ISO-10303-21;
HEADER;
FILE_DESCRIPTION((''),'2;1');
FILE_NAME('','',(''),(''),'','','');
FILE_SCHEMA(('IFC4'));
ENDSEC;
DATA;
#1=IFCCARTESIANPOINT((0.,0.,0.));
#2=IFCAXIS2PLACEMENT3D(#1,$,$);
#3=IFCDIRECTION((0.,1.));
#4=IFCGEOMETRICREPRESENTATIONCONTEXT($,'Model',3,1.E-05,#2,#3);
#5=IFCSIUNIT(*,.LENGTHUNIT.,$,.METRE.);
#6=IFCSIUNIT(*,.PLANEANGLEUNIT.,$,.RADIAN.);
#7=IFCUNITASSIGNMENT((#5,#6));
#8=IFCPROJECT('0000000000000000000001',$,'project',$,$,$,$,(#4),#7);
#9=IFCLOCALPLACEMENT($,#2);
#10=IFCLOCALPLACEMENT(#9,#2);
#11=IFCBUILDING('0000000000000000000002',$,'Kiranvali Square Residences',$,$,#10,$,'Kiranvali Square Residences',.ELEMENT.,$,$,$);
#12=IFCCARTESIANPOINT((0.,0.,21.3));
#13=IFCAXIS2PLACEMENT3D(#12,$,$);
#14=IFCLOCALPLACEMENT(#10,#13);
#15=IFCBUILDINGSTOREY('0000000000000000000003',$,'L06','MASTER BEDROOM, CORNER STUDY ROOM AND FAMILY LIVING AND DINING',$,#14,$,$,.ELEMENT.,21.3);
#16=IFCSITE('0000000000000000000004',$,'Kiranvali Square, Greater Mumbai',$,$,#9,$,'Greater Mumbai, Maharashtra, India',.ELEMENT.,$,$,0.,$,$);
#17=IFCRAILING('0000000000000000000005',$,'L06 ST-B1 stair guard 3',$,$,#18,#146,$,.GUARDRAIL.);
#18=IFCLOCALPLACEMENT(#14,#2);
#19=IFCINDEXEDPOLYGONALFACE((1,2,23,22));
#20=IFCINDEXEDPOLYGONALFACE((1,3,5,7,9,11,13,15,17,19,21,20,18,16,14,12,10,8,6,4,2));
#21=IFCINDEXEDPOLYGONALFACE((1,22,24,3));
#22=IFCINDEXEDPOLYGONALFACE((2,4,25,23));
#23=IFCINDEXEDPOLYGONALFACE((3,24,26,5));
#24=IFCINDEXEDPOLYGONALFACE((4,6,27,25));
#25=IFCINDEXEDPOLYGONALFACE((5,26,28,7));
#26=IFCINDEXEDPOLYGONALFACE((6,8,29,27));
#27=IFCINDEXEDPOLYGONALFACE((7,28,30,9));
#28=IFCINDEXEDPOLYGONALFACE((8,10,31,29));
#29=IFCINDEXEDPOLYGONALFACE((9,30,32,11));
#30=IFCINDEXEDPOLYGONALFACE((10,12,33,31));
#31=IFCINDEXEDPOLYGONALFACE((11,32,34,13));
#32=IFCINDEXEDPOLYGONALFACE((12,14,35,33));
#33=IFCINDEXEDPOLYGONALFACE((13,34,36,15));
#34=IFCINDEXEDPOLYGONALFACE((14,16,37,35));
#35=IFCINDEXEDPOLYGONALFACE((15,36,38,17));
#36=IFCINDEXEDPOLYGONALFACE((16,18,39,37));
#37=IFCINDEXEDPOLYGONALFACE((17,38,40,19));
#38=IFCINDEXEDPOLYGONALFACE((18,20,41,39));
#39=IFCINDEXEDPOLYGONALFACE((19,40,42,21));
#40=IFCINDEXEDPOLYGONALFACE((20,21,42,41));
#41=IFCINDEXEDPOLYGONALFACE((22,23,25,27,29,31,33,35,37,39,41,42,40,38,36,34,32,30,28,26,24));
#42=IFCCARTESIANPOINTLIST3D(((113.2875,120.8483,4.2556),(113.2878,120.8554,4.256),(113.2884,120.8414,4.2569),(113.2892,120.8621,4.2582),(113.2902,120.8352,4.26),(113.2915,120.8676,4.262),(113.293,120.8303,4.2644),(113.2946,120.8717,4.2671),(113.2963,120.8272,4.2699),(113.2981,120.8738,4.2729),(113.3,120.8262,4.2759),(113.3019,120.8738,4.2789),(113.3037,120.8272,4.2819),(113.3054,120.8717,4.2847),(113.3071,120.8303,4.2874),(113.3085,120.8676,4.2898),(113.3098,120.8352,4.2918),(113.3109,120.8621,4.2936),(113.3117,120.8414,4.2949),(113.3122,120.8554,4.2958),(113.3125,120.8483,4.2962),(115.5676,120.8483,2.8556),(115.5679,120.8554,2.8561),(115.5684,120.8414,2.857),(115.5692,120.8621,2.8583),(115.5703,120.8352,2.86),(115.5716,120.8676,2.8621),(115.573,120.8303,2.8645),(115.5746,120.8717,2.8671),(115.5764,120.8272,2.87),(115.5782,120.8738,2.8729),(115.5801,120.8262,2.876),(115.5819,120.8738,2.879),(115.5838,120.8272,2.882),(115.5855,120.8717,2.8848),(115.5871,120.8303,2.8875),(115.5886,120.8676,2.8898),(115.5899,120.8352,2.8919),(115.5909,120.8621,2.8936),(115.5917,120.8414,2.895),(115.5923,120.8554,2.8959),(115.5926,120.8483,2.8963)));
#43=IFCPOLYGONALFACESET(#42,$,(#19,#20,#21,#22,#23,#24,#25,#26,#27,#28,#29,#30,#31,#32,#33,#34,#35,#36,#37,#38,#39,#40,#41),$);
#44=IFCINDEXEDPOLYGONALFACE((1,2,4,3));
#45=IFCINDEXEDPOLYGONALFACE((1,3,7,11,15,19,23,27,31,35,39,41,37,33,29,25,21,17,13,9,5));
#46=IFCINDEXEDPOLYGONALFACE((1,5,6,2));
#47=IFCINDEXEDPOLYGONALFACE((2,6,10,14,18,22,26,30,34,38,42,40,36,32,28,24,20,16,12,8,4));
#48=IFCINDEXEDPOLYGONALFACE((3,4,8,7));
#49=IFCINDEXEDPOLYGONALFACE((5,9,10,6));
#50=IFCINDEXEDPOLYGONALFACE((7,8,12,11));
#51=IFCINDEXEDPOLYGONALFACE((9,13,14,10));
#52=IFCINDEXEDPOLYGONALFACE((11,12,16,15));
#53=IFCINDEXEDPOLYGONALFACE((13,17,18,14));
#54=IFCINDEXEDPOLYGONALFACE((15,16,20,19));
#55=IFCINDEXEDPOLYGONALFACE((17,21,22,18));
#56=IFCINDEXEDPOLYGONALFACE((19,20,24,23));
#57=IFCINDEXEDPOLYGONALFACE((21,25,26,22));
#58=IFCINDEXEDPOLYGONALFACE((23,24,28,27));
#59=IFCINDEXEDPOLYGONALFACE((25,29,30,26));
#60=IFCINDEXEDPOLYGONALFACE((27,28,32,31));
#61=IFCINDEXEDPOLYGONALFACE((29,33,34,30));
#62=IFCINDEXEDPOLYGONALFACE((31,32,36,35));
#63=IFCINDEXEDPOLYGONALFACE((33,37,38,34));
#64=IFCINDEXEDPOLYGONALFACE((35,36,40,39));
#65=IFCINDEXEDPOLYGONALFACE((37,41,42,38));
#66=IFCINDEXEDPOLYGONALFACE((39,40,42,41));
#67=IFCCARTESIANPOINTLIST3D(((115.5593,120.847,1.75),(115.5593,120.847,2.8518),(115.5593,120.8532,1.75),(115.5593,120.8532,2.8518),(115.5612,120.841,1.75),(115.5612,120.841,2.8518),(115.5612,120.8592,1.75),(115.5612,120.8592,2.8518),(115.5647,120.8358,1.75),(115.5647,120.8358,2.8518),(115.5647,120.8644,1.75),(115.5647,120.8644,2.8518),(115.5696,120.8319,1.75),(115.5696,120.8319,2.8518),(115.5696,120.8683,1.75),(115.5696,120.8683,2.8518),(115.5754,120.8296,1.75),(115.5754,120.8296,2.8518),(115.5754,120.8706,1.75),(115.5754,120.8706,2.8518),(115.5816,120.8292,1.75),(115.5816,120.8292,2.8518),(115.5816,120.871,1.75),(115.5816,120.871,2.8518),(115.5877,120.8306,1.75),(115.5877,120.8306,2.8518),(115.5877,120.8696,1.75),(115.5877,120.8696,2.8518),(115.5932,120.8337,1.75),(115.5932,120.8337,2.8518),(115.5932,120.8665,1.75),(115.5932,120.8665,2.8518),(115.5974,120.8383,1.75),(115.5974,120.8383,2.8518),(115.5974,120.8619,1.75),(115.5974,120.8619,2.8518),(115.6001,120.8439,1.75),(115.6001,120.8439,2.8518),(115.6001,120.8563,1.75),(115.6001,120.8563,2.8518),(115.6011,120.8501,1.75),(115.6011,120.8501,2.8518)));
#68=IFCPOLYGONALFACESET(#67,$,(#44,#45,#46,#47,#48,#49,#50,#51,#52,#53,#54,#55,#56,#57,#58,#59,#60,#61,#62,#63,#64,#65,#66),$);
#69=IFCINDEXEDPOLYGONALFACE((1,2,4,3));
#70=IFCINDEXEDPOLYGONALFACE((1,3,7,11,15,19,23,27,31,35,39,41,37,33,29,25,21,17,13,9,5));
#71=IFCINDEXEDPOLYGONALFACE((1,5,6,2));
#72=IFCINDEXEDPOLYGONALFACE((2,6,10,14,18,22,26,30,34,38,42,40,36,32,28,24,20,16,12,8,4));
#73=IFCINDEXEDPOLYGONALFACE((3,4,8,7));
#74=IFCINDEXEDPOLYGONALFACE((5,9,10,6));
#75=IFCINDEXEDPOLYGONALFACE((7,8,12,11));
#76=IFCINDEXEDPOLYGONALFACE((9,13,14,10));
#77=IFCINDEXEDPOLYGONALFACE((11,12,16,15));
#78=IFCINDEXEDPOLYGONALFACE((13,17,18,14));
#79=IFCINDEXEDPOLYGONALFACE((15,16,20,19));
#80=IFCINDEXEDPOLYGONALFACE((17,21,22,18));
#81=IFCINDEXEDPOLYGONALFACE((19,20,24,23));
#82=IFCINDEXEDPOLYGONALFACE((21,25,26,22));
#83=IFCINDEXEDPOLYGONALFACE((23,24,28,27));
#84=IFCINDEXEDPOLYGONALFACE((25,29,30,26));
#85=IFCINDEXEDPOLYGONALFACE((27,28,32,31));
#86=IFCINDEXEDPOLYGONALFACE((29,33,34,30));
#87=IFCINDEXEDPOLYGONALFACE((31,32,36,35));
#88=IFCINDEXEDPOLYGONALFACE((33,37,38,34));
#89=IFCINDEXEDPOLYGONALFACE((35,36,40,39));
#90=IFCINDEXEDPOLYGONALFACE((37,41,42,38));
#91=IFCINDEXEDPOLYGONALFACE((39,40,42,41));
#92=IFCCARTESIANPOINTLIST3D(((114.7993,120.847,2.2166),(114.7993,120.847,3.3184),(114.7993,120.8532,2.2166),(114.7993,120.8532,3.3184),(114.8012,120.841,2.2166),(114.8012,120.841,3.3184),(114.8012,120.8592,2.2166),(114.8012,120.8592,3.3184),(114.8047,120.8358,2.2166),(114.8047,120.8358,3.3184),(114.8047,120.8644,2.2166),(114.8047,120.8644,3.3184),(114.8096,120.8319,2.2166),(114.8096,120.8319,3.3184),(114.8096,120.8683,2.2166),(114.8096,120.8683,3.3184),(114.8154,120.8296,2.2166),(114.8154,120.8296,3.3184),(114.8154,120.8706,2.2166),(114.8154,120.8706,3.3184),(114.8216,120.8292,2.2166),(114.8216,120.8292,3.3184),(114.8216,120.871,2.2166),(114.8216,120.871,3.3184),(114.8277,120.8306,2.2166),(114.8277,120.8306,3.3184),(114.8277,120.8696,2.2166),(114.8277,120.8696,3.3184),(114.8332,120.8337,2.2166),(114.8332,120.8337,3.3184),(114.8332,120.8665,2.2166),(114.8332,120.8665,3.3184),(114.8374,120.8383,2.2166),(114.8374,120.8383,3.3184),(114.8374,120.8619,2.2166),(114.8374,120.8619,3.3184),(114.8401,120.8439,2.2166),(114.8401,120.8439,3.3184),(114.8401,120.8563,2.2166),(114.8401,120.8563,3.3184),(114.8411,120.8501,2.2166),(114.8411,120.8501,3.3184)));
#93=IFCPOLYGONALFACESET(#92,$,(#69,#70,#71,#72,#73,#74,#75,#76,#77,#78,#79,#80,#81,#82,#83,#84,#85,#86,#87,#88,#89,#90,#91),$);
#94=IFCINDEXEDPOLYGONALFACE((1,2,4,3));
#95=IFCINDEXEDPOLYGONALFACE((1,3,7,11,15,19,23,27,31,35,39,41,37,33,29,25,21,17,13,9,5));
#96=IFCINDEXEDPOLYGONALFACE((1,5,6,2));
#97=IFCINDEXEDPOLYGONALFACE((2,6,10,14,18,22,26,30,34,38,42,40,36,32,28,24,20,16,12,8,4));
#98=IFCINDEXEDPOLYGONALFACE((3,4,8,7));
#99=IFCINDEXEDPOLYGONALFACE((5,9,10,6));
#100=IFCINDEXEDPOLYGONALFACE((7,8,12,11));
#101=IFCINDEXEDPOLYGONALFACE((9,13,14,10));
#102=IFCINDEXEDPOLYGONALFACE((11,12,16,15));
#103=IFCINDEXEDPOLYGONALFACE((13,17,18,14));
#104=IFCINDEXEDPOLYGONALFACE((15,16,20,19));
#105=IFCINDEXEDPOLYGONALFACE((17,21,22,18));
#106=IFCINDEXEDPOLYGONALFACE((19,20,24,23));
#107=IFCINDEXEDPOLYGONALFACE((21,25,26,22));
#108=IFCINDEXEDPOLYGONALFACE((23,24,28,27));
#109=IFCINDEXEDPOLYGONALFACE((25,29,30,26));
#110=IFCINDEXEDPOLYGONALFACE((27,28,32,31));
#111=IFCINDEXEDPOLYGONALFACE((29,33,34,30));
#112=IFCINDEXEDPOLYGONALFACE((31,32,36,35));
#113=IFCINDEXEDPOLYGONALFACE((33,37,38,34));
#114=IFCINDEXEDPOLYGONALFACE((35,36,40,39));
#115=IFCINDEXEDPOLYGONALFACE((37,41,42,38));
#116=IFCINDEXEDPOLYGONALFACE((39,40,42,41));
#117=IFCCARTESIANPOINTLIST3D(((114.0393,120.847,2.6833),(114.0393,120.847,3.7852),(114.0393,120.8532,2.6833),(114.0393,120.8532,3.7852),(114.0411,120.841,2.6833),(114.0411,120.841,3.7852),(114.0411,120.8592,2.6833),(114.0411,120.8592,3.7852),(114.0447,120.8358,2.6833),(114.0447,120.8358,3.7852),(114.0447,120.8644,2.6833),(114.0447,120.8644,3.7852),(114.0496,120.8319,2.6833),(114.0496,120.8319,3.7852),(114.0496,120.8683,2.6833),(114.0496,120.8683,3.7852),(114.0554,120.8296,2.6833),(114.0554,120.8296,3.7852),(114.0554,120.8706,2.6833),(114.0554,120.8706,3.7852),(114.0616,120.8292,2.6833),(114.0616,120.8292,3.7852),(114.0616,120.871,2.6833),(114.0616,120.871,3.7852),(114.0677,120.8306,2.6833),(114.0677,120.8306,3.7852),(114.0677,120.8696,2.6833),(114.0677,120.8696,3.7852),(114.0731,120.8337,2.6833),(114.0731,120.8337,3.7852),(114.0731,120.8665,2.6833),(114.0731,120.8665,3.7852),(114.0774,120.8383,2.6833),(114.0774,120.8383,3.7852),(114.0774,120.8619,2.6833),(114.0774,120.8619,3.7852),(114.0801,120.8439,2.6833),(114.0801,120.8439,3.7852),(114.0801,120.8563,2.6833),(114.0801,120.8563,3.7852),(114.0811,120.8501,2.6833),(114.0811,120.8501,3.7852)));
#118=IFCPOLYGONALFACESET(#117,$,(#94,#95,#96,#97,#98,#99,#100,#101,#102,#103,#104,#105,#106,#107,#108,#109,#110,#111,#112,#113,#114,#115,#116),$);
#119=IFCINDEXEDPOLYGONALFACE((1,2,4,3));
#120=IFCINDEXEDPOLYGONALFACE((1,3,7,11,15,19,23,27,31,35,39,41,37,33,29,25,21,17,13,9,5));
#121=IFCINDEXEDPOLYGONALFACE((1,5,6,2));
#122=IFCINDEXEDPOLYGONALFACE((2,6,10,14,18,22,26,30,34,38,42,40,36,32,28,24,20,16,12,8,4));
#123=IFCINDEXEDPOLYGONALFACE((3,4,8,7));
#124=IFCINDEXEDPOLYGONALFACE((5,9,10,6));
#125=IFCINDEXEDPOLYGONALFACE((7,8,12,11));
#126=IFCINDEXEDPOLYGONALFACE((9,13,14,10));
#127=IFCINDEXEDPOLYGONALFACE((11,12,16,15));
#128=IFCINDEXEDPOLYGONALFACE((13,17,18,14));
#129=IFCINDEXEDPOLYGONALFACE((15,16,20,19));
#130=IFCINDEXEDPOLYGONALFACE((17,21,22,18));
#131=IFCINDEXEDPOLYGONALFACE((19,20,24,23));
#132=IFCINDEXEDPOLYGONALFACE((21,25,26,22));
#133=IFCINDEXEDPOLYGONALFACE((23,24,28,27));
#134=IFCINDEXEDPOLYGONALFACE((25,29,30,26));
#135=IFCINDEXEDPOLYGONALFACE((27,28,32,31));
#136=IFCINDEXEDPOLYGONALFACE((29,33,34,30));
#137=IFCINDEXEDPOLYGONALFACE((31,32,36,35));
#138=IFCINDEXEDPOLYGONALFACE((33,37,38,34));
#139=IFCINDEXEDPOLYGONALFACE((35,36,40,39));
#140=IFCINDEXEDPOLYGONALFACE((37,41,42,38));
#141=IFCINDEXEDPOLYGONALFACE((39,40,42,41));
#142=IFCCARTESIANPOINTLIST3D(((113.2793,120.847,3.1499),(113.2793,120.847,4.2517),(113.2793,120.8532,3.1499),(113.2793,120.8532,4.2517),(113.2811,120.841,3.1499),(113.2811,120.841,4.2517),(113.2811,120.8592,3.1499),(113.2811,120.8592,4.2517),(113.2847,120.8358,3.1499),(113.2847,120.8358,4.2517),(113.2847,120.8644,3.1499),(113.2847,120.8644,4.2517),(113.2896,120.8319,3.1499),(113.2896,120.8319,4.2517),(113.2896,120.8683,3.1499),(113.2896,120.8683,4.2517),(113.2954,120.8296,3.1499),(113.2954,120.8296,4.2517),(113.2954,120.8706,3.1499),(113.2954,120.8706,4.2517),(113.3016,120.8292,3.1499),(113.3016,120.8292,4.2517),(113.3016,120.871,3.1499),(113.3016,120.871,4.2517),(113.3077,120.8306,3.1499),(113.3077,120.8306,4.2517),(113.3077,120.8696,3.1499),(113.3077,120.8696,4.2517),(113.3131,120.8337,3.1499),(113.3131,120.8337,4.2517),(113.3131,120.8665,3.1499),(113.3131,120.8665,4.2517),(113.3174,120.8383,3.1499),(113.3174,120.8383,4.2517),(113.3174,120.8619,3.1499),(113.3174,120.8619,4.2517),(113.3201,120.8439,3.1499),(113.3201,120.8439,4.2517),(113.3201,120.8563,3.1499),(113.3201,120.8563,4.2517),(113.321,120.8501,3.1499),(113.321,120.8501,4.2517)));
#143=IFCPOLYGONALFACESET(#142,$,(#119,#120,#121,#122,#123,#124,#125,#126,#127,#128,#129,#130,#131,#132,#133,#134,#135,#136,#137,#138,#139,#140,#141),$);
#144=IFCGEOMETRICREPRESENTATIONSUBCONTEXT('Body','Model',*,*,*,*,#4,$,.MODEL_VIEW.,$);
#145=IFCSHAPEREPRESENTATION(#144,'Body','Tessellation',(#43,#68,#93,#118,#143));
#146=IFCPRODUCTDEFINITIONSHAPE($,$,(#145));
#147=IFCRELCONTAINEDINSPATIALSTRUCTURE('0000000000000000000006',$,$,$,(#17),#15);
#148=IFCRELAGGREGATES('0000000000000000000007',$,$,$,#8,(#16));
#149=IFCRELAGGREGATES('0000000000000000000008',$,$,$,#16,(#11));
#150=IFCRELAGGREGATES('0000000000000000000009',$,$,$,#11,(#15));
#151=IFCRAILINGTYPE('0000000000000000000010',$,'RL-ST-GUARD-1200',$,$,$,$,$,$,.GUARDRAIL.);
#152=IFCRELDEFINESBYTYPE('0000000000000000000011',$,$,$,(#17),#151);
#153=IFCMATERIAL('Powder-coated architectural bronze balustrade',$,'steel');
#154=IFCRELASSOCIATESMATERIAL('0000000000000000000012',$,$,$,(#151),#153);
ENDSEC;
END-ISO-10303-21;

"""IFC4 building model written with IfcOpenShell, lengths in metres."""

from ifc_helpers import new_model, si_unit, direction, frame, origin, origin_2d, place, context, subcontext, project, spatial, circle, extrude, material, type_object, element, save


model = new_model("IFC4")

# Units and contexts
model_context = context("Model", 3, precision=1e-05, world=origin(), true_north=direction((0.0, 1.0)))
body_context = subcontext(model_context, "Body", "Model", "MODEL_VIEW")
ifc_project = project(units=[si_unit("LENGTHUNIT", "METRE"), si_unit("PLANEANGLEUNIT", "RADIAN")], contexts=[model_context])

# Site, building, storey
site_placement = place(None, origin())
site = spatial("IfcSite", under=ifc_project, at=site_placement, Name="Kiranvali Square, Greater Mumbai", LongName="Greater Mumbai, Maharashtra, India", CompositionType="ELEMENT", RefElevation=0.0)
building_placement = place(site_placement, origin())
building = spatial("IfcBuilding", under=site, at=building_placement, Name="Kiranvali Square Residences", LongName="Kiranvali Square Residences", CompositionType="ELEMENT")
storey_placement = place(building_placement, frame((0.0, 0.0, 21.3)))
storey = spatial("IfcBuildingStorey", under=building, at=storey_placement, Name="L06", Description="MASTER BEDROOM, CORNER STUDY ROOM AND FAMILY LIVING AND DINING", CompositionType="ELEMENT", Elevation=21.3)

# Railing
ifc_material_1 = material(Name="Powder-coated architectural bronze balustrade", Category="steel")
railing_type_1 = type_object("IfcRailingType", Name="RL-ST-GUARD-1200", PredefinedType="GUARDRAIL", material=ifc_material_1)
railing_1_placement = place(storey_placement, frame((115.5801, 120.8501, 1.75)))
element("IfcRailing", 1, at=railing_1_placement, inside=storey, type_object=railing_type_1, Name="L06 ST-B1 stair guard 3", PredefinedType="GUARDRAIL", context=body_context, shape_type="SweptSolid", body=[
    extrude(circle(Radius=0.0239, at=origin_2d()), frame((0.0, 0.0, 1.126), z_axis=(-0.85219, 0.0, 0.523232), x_axis=(0.0, -1.0, 0.0)), (0.0, 0.0, 1.0), 2.6755),
    extrude(circle(Radius=0.021, at=origin_2d()), origin(), (0.0, 0.0, 1.0), 1.1018),
    extrude(circle(Radius=0.021, at=origin_2d()), frame((-0.76, 0.0, 0.4666)), (0.0, 0.0, 1.0), 1.1018),
    extrude(circle(Radius=0.021, at=origin_2d()), frame((-1.52, 0.0, 0.9333)), (0.0, 0.0, 1.0), 1.1018),
    extrude(circle(Radius=0.021, at=origin_2d()), frame((-2.28, 0.0, 1.3999)), (0.0, 0.0, 1.0), 1.1018),
])

save(model, "model.ifc")
